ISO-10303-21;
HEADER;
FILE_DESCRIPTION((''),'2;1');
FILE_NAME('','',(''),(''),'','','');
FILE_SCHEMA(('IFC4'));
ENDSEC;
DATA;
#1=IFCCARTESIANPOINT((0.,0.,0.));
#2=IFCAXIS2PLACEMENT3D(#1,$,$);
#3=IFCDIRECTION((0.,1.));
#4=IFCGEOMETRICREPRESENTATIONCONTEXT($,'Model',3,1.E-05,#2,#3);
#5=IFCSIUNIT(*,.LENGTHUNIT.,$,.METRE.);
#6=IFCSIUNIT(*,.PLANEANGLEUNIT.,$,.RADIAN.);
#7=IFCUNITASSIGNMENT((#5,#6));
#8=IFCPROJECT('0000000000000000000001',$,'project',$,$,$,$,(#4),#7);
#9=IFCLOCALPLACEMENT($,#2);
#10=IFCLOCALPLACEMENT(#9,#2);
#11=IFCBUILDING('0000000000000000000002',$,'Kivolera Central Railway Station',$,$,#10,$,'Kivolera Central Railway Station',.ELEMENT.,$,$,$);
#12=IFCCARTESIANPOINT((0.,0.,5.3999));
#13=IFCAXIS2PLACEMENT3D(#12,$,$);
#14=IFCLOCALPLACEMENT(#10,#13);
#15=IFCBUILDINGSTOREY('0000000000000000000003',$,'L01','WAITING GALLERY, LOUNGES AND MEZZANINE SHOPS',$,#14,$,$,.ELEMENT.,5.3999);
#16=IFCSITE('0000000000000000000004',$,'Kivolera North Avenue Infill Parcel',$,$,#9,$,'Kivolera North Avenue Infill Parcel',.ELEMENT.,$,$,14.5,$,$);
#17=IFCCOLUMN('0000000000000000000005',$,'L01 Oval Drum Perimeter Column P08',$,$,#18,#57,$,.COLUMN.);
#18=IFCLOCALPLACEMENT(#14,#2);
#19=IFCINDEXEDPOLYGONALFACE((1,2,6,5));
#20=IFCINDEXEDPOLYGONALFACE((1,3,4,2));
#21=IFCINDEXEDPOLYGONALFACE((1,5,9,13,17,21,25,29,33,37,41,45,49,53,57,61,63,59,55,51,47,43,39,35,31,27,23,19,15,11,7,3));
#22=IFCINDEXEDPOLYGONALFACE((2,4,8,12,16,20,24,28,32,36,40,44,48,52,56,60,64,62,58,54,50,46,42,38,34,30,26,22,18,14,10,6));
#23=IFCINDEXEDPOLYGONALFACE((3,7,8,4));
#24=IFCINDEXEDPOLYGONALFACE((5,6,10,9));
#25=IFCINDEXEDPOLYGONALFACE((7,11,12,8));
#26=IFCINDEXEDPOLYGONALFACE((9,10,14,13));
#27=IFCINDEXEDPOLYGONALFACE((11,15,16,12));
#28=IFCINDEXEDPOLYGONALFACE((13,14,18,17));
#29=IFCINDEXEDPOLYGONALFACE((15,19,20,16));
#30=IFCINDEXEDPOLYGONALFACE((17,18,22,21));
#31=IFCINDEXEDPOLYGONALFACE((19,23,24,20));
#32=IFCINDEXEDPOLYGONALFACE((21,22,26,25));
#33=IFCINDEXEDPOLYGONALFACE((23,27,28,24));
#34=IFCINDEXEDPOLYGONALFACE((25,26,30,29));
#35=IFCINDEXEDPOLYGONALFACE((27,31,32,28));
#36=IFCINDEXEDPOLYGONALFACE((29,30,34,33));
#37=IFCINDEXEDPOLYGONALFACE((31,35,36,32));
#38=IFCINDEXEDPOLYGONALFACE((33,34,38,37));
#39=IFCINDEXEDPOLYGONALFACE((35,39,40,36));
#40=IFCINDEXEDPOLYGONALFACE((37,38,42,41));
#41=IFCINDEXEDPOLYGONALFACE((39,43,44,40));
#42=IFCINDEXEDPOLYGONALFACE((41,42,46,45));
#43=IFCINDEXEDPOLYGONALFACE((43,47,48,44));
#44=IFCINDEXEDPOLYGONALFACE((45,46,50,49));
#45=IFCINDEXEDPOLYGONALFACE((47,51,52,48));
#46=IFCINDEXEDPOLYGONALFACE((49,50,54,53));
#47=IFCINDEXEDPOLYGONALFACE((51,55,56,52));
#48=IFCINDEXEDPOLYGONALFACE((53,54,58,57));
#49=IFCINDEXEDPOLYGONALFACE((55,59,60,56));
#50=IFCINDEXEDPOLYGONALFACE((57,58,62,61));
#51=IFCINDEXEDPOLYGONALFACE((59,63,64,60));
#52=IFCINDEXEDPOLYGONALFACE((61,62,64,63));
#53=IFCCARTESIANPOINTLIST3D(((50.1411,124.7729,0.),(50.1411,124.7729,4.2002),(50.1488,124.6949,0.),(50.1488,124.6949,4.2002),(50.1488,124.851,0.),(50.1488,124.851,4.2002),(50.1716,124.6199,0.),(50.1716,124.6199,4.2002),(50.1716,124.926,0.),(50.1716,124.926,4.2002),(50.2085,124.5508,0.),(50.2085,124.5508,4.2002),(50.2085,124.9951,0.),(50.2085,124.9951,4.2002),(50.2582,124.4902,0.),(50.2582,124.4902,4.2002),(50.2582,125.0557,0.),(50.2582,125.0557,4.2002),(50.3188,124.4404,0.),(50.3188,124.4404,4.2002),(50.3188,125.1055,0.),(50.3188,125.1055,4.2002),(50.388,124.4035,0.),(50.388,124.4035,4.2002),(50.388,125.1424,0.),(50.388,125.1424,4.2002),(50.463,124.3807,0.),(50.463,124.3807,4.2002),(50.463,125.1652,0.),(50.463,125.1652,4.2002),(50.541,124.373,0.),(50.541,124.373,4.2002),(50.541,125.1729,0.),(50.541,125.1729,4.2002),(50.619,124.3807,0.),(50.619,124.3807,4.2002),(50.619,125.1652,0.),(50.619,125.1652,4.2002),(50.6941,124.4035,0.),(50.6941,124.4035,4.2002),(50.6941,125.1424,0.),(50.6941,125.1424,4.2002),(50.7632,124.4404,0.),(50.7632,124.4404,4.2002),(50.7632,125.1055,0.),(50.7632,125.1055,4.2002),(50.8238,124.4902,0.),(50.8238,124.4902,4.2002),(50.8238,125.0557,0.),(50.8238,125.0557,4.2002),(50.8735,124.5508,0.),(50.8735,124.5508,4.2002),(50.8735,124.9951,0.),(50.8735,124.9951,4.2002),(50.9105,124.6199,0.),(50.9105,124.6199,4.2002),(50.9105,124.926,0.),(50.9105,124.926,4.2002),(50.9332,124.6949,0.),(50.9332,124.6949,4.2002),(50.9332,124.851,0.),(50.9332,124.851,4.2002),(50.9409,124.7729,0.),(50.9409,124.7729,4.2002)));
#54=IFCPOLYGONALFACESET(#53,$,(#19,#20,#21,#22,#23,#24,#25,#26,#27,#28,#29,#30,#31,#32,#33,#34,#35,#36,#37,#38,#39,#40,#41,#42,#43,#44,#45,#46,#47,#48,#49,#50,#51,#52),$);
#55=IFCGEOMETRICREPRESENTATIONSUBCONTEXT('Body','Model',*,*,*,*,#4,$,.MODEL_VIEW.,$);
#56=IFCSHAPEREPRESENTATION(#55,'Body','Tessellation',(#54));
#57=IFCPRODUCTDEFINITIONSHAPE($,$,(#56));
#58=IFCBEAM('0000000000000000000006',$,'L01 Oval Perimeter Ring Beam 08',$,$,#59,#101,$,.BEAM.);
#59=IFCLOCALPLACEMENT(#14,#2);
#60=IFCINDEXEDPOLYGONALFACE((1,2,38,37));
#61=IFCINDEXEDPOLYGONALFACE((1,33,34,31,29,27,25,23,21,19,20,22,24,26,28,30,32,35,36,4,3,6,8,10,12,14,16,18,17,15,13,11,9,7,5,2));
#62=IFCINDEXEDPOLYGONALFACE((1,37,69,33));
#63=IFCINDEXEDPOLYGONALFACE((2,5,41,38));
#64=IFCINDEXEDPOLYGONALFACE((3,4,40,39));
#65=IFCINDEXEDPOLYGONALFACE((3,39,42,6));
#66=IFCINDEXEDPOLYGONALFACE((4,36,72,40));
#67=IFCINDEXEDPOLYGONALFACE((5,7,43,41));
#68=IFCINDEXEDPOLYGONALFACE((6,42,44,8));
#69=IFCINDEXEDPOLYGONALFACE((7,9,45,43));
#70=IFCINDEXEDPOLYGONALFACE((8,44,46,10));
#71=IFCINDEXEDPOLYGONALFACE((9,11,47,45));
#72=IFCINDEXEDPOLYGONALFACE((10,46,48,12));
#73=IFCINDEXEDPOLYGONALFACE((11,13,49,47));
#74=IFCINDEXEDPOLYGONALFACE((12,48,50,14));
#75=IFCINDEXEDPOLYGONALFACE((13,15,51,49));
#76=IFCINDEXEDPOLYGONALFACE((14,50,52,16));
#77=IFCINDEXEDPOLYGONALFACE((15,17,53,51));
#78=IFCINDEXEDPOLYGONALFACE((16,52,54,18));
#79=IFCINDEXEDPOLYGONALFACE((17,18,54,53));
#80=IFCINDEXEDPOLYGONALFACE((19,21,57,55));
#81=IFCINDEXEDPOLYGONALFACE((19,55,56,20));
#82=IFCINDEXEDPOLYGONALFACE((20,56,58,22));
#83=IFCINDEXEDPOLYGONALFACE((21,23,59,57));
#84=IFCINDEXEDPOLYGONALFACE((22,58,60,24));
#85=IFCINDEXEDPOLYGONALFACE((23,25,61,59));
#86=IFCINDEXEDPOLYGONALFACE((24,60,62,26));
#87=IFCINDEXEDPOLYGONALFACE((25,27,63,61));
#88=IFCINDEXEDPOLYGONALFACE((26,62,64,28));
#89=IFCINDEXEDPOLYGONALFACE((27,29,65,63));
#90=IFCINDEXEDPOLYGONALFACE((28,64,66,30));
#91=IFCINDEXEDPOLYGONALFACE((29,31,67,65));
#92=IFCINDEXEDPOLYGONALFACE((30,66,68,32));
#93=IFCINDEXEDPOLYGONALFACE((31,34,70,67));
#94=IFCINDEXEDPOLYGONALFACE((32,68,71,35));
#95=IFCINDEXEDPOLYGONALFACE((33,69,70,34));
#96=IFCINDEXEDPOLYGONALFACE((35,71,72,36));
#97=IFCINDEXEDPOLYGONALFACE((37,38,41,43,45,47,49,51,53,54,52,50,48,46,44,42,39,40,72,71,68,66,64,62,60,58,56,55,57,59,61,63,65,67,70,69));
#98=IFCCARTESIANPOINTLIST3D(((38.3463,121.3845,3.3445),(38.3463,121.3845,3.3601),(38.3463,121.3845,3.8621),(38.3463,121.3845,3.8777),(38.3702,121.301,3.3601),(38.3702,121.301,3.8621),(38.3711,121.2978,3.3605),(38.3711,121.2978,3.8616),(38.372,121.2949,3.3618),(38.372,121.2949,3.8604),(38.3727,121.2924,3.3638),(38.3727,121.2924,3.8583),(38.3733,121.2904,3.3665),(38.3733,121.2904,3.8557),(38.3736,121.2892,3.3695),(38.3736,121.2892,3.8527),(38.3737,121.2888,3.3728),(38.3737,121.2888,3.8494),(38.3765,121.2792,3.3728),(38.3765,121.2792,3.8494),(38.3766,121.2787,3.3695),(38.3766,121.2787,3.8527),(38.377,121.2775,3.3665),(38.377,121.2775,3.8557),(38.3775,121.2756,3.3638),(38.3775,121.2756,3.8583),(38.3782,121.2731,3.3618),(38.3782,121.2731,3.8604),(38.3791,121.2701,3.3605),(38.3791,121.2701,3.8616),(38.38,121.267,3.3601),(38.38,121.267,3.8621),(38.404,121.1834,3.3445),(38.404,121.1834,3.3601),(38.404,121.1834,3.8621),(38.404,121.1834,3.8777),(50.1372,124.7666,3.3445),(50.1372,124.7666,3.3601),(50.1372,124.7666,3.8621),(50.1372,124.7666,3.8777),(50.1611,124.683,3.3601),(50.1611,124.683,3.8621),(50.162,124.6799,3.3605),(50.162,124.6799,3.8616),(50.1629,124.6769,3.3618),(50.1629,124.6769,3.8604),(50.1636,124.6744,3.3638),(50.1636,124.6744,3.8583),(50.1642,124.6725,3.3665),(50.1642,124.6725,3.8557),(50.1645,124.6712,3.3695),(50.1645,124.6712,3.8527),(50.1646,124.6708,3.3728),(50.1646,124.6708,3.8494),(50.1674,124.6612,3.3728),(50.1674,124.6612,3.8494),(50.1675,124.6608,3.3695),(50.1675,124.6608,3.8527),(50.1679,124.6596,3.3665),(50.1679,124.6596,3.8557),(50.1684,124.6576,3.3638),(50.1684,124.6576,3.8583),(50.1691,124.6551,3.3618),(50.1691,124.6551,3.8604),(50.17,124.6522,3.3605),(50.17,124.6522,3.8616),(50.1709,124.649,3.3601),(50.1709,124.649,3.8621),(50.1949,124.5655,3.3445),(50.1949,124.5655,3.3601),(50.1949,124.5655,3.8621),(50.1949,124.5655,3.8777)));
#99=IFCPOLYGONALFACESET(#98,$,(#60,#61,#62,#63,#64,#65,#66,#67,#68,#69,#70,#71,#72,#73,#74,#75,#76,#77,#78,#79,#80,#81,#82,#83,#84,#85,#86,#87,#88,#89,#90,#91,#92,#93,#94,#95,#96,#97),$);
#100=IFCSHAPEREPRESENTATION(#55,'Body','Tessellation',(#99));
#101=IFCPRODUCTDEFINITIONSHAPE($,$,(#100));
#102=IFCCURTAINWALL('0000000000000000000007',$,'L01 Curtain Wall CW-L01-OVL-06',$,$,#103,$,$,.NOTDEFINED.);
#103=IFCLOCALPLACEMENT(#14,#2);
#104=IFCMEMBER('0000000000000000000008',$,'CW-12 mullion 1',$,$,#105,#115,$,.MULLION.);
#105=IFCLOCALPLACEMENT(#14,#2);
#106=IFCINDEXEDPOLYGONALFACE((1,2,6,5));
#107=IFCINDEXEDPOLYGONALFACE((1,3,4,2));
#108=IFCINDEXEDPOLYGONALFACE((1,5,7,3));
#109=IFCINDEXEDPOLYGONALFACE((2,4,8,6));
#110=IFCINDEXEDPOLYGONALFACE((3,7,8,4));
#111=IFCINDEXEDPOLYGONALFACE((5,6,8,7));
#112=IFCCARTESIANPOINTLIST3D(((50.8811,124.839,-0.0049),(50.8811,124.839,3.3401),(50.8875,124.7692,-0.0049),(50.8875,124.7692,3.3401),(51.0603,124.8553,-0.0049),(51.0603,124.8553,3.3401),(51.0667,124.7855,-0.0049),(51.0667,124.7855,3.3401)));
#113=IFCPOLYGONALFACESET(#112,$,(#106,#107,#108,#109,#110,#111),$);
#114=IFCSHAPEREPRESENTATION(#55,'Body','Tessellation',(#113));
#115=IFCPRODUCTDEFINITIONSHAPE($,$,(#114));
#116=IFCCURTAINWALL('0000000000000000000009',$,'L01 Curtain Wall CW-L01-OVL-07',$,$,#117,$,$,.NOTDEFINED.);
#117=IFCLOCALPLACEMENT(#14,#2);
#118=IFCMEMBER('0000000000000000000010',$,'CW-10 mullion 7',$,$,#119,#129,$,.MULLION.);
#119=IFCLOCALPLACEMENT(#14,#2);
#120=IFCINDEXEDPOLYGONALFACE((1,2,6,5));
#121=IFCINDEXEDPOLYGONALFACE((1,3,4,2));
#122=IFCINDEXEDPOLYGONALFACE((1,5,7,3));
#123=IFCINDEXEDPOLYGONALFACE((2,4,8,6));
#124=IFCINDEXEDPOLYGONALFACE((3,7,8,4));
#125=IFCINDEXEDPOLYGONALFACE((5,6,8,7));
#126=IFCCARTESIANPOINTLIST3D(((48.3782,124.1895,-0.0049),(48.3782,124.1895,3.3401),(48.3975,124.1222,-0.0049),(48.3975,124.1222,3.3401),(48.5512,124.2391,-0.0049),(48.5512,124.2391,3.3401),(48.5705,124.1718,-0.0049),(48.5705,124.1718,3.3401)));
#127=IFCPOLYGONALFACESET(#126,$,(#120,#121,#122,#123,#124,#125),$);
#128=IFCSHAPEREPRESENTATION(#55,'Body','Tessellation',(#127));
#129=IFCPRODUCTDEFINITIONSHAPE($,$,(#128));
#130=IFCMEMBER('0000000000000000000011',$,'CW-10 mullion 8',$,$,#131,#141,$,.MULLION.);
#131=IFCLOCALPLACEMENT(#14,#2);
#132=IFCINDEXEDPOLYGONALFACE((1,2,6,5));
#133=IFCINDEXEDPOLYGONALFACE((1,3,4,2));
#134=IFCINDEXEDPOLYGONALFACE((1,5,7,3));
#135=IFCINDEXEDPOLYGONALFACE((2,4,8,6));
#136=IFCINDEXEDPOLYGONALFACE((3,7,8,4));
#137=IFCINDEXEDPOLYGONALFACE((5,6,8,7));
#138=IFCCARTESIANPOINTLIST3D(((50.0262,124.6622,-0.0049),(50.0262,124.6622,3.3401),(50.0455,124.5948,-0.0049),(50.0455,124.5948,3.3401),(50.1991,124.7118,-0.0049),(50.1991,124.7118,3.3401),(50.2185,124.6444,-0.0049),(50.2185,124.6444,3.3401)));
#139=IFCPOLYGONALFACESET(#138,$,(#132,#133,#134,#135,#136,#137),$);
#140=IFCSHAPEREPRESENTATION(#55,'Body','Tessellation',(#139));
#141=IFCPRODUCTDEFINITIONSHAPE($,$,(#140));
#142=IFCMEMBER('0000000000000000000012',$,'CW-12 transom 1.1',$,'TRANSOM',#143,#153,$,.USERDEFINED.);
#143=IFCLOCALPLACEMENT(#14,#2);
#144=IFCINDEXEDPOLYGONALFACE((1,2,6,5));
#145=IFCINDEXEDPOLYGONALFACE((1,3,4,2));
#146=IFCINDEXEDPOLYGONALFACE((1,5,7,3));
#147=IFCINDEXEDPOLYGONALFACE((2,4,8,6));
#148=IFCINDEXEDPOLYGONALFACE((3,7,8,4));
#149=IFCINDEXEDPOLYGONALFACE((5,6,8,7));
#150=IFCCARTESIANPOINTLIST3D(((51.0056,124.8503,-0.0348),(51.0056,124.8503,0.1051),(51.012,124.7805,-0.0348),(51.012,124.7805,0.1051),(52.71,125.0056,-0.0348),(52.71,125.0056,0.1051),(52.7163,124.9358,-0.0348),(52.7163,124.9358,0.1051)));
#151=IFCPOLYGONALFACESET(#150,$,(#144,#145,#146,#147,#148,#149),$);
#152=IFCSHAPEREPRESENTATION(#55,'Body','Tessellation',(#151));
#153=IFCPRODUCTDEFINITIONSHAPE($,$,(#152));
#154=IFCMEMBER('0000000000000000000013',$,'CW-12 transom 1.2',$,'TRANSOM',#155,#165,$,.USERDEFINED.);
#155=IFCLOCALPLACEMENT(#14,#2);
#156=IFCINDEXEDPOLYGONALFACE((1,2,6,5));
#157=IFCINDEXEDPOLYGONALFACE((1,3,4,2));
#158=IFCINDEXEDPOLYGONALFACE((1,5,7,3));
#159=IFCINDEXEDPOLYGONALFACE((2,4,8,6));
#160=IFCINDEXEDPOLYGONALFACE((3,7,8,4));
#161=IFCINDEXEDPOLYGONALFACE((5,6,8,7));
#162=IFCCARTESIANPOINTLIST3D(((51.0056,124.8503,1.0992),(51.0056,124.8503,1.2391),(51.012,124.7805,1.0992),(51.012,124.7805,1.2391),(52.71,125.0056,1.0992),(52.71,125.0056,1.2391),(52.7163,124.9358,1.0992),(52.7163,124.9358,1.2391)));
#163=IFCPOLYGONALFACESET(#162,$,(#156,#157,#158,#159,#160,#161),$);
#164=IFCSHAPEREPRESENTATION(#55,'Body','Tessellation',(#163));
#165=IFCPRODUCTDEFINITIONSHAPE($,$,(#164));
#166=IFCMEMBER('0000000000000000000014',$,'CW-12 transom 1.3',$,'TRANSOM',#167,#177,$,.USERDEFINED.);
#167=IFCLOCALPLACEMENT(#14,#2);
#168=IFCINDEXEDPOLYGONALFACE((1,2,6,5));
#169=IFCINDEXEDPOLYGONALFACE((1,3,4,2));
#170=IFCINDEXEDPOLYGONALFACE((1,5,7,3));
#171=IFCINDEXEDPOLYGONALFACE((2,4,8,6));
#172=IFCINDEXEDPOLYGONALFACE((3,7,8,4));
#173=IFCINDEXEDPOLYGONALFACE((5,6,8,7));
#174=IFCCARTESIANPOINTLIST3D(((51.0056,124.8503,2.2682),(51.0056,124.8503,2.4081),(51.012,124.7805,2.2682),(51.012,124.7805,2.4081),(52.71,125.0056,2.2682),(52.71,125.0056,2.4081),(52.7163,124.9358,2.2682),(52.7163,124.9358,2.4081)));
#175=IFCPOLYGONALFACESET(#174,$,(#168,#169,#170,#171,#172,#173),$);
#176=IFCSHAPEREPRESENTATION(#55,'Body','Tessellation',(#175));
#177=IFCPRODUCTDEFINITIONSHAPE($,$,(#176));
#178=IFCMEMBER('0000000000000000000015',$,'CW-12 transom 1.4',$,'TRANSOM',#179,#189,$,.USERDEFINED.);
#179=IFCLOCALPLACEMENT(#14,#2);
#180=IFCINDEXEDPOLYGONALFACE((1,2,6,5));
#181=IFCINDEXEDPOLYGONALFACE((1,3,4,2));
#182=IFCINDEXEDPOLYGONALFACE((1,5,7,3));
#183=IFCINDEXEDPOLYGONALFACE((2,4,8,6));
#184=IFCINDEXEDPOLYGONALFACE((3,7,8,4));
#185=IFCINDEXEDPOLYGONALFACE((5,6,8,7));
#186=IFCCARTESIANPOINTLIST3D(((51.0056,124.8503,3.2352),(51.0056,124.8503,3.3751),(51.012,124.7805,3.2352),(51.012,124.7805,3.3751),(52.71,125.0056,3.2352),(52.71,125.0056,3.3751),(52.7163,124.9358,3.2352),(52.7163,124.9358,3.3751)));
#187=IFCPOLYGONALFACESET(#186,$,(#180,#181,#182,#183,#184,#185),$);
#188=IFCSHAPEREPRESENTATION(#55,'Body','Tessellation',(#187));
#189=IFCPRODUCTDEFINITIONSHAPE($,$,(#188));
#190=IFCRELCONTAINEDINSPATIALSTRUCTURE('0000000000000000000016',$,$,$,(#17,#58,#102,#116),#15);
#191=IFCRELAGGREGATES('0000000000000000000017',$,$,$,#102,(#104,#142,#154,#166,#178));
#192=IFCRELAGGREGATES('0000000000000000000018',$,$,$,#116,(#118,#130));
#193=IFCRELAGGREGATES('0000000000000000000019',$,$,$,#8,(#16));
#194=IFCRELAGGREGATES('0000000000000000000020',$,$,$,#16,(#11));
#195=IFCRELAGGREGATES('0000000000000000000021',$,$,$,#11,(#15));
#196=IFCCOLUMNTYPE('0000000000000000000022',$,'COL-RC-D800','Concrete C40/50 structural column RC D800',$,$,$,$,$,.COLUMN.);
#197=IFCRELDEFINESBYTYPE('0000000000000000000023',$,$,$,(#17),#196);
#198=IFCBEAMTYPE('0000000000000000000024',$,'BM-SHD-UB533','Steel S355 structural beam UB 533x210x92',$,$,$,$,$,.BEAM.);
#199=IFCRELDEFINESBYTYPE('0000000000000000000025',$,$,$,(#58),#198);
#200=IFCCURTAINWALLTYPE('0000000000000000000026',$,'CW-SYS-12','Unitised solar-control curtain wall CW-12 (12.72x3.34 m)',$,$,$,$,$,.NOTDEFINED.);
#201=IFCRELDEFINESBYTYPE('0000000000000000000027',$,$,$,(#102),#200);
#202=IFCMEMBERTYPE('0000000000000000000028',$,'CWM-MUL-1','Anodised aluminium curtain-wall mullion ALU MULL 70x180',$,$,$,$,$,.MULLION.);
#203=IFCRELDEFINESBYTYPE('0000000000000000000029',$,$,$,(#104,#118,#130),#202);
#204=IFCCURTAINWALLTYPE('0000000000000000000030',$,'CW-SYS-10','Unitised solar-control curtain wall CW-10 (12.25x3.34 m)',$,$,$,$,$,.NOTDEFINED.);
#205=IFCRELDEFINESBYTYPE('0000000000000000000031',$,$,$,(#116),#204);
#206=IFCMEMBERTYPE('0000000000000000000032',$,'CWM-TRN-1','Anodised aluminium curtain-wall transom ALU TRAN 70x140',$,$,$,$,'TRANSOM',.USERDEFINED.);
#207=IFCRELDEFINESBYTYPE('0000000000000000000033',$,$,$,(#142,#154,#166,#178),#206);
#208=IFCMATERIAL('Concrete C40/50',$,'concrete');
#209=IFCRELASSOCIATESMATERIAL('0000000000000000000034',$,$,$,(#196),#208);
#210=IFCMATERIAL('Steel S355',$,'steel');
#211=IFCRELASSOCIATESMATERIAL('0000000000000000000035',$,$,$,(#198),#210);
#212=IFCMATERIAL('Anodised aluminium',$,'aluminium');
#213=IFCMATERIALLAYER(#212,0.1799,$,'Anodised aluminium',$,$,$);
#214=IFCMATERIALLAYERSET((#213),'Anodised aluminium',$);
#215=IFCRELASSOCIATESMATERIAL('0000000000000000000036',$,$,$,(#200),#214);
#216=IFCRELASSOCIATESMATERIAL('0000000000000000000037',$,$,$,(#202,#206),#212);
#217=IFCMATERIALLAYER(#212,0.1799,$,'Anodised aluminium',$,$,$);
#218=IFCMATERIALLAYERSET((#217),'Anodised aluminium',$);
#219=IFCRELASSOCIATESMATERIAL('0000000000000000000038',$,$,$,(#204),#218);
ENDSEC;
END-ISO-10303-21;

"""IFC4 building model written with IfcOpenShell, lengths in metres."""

from ifc_helpers import new_model, si_unit, direction, frame, origin, origin_2d, place, context, subcontext, project, spatial, rectangle, circle, i_section, extrude, material, layer, layer_set, material_profile, profile_set, type_object, element, aggregate, save


model = new_model("IFC4")

# Units and contexts
model_context = context("Model", 3, precision=1e-05, world=origin(), true_north=direction((0.0, 1.0)))
body_context = subcontext(model_context, "Body", "Model", "MODEL_VIEW")
ifc_project = project(units=[si_unit("LENGTHUNIT", "METRE"), si_unit("PLANEANGLEUNIT", "RADIAN")], contexts=[model_context])

# Site, building, storey
site_placement = place(None, origin())
site = spatial("IfcSite", under=ifc_project, at=site_placement, Name="Kivolera North Avenue Infill Parcel", LongName="Kivolera North Avenue Infill Parcel", CompositionType="ELEMENT", RefElevation=14.5)
building_placement = place(site_placement, origin())
building = spatial("IfcBuilding", under=site, at=building_placement, Name="Kivolera Central Railway Station", LongName="Kivolera Central Railway Station", CompositionType="ELEMENT")
storey_placement = place(building_placement, frame((0.0, 0.0, 5.3999)))
storey = spatial("IfcBuildingStorey", under=building, at=storey_placement, Name="L01", Description="WAITING GALLERY, LOUNGES AND MEZZANINE SHOPS", CompositionType="ELEMENT", Elevation=5.3999)

# Column
ifc_material_1 = material(Name="Concrete C40/50", Category="concrete")
ifc_material_profile_1 = material_profile(ifc_material_1, circle(Radius=0.3999, at=origin_2d()), Name="RC D800")
ifc_profile_set_1 = profile_set([ifc_material_profile_1], Name="Concrete C40/50")
column_type = type_object("IfcColumnType", Name="COL-RC-D800", Description="Concrete C40/50 structural column RC D800", PredefinedType="COLUMN", material=ifc_profile_set_1)
column_placement = place(storey_placement, frame((50.541, 124.7729, 0.0), z_axis=(0.0, 0.0, 1.0), x_axis=(1.0, 0.0, 0.0)))
element("IfcColumn", 1, at=column_placement, inside=storey, type_object=column_type, Name="L01 Oval Drum Perimeter Column P08", PredefinedType="COLUMN", context=body_context, shape_type="SweptSolid", body=[
    extrude(circle(Radius=0.3999, at=origin_2d()), origin(), (0.0, 0.0, 1.0), 4.2002),
])

# Beam
ifc_material_2 = material(Name="Steel S355", Category="steel")
ifc_material_profile_2 = material_profile(ifc_material_2, i_section(OverallWidth=0.2092, OverallDepth=0.5332, WebThickness=0.01, FlangeThickness=0.0156, FilletRadius=0.0127, at=origin_2d()), Name="UB 533x210x92")
ifc_profile_set_2 = profile_set([ifc_material_profile_2], Name="Steel S355")
beam_type = type_object("IfcBeamType", Name="BM-SHD-UB533", Description="Steel S355 structural beam UB 533x210x92", PredefinedType="BEAM", material=ifc_profile_set_2)
beam_placement = place(storey_placement, frame((50.166, 124.666, 3.6111), z_axis=(-0.961239, -0.275717, 0.0), x_axis=(0.275717, -0.961239, 0.0)))
element("IfcBeam", 2, at=beam_placement, inside=storey, type_object=beam_type, Name="L01 Oval Perimeter Ring Beam 08", PredefinedType="BEAM", context=body_context, shape_type="SweptSolid", body=[
    extrude(i_section(OverallWidth=0.2092, OverallDepth=0.5332, WebThickness=0.01, FlangeThickness=0.0156, FilletRadius=0.0127, at=origin_2d()), origin(), (0.0, 0.0, 1.0), 12.2664),
])

# Curtain wall, member
ifc_material_3 = material(Name="Anodised aluminium", Category="aluminium")
ifc_layer_1 = layer(ifc_material_3, 0.1799, Name="Anodised aluminium")
ifc_layer_set_1 = layer_set([ifc_layer_1], Name="Anodised aluminium")
curtain_wall_type_1 = type_object("IfcCurtainWallType", Name="CW-SYS-12", Description="Unitised solar-control curtain wall CW-12 (12.72x3.34 m)", PredefinedType="NOTDEFINED", material=ifc_layer_set_1)
curtain_wall_1_placement = place(storey_placement, origin())
curtain_wall_1 = element("IfcCurtainWall", 3, at=curtain_wall_1_placement, inside=storey, type_object=curtain_wall_type_1, Name="L01 Curtain Wall CW-L01-OVL-06", PredefinedType="NOTDEFINED")
ifc_material_profile_3 = material_profile(ifc_material_3, rectangle(XDim=0.0701, YDim=0.1799, at=origin_2d()), Name="ALU MULL 70x180")
ifc_profile_set_3 = profile_set([ifc_material_profile_3], Name="Anodised aluminium")
member_type_1 = type_object("IfcMemberType", Name="CWM-MUL-1", Description="Anodised aluminium curtain-wall mullion ALU MULL 70x180", PredefinedType="MULLION", material=ifc_profile_set_3)
member_1_placement = place(storey_placement, frame((50.9739, 124.8123, -0.0049), z_axis=(0.0, 0.0, 1.0), x_axis=(-0.090834, 0.995866, 0.0)))
member_1 = element("IfcMember", 4, at=member_1_placement, type_object=member_type_1, Name="CW-12 mullion 1", PredefinedType="MULLION", context=body_context, shape_type="SweptSolid", body=[
    extrude(rectangle(XDim=0.0701, YDim=0.1799, at=origin_2d()), origin(), (0.0, 0.0, 1.0), 3.345),
])

# Curtain wall, members
ifc_layer_2 = layer(ifc_material_3, 0.1799, Name="Anodised aluminium")
ifc_layer_set_2 = layer_set([ifc_layer_2], Name="Anodised aluminium")
curtain_wall_type_2 = type_object("IfcCurtainWallType", Name="CW-SYS-10", Description="Unitised solar-control curtain wall CW-10 (12.25x3.34 m)", PredefinedType="NOTDEFINED", material=ifc_layer_set_2)
curtain_wall_2_placement = place(storey_placement, origin())
curtain_wall_2 = element("IfcCurtainWall", 5, at=curtain_wall_2_placement, inside=storey, type_object=curtain_wall_type_2, Name="L01 Curtain Wall CW-L01-OVL-07", PredefinedType="NOTDEFINED")
member_2_placement = place(storey_placement, frame((48.4744, 124.1807, -0.0049), z_axis=(0.0, 0.0, 1.0), x_axis=(-0.275692, 0.961246, 0.0)))
member_2 = element("IfcMember", 6, at=member_2_placement, type_object=member_type_1, Name="CW-10 mullion 7", PredefinedType="MULLION", context=body_context, shape_type="SweptSolid", body=[
    extrude(rectangle(XDim=0.0701, YDim=0.1799, at=origin_2d()), origin(), (0.0, 0.0, 1.0), 3.345),
])
member_3_placement = place(storey_placement, frame((50.1223, 124.6533, -0.0049), z_axis=(0.0, 0.0, 1.0), x_axis=(-0.275692, 0.961246, 0.0)))
member_3 = element("IfcMember", 7, at=member_3_placement, type_object=member_type_1, Name="CW-10 mullion 8", PredefinedType="MULLION", context=body_context, shape_type="SweptSolid", body=[
    extrude(rectangle(XDim=0.0701, YDim=0.1799, at=origin_2d()), origin(), (0.0, 0.0, 1.0), 3.345),
])

# Members
ifc_material_profile_4 = material_profile(ifc_material_3, rectangle(XDim=0.0701, YDim=0.1399, at=origin_2d()), Name="ALU TRAN 70x140")
ifc_profile_set_4 = profile_set([ifc_material_profile_4], Name="Anodised aluminium")
member_type_2 = type_object("IfcMemberType", Name="CWM-TRN-1", Description="Anodised aluminium curtain-wall transom ALU TRAN 70x140", ElementType="TRANSOM", PredefinedType="USERDEFINED", material=ifc_profile_set_4)
member_4_placement = place(storey_placement, frame((51.0088, 124.8154, 0.0352), z_axis=(0.995876, 0.090729, 0.0), x_axis=(-0.090729, 0.995876, 0.0)))
member_4 = element("IfcMember", 8, at=member_4_placement, type_object=member_type_2, Name="CW-12 transom 1.1", ObjectType="TRANSOM", PredefinedType="USERDEFINED", context=body_context, shape_type="SweptSolid", body=[
    extrude(rectangle(XDim=0.0701, YDim=0.1399, at=origin_2d()), origin(), (0.0, 0.0, 1.0), 1.7114),
])
member_5_placement = place(storey_placement, frame((51.0088, 124.8154, 1.1692), z_axis=(0.995876, 0.090729, 0.0), x_axis=(-0.090729, 0.995876, 0.0)))
member_5 = element("IfcMember", 9, at=member_5_placement, type_object=member_type_2, Name="CW-12 transom 1.2", ObjectType="TRANSOM", PredefinedType="USERDEFINED", context=body_context, shape_type="SweptSolid", body=[
    extrude(rectangle(XDim=0.0701, YDim=0.1399, at=origin_2d()), origin(), (0.0, 0.0, 1.0), 1.7114),
])
member_6_placement = place(storey_placement, frame((51.0088, 124.8154, 2.3381), z_axis=(0.995876, 0.090729, 0.0), x_axis=(-0.090729, 0.995876, 0.0)))
member_6 = element("IfcMember", 10, at=member_6_placement, type_object=member_type_2, Name="CW-12 transom 1.3", ObjectType="TRANSOM", PredefinedType="USERDEFINED", context=body_context, shape_type="SweptSolid", body=[
    extrude(rectangle(XDim=0.0701, YDim=0.1399, at=origin_2d()), origin(), (0.0, 0.0, 1.0), 1.7114),
])
member_7_placement = place(storey_placement, frame((51.0088, 124.8154, 3.3052), z_axis=(0.995876, 0.090729, 0.0), x_axis=(-0.090729, 0.995876, 0.0)))
member_7 = element("IfcMember", 11, at=member_7_placement, type_object=member_type_2, Name="CW-12 transom 1.4", ObjectType="TRANSOM", PredefinedType="USERDEFINED", context=body_context, shape_type="SweptSolid", body=[
    extrude(rectangle(XDim=0.0701, YDim=0.1399, at=origin_2d()), origin(), (0.0, 0.0, 1.0), 1.7114),
])

aggregate(curtain_wall_1, [member_1, member_4, member_5, member_6, member_7])
aggregate(curtain_wall_2, [member_2, member_3])

save(model, "model.ifc")
